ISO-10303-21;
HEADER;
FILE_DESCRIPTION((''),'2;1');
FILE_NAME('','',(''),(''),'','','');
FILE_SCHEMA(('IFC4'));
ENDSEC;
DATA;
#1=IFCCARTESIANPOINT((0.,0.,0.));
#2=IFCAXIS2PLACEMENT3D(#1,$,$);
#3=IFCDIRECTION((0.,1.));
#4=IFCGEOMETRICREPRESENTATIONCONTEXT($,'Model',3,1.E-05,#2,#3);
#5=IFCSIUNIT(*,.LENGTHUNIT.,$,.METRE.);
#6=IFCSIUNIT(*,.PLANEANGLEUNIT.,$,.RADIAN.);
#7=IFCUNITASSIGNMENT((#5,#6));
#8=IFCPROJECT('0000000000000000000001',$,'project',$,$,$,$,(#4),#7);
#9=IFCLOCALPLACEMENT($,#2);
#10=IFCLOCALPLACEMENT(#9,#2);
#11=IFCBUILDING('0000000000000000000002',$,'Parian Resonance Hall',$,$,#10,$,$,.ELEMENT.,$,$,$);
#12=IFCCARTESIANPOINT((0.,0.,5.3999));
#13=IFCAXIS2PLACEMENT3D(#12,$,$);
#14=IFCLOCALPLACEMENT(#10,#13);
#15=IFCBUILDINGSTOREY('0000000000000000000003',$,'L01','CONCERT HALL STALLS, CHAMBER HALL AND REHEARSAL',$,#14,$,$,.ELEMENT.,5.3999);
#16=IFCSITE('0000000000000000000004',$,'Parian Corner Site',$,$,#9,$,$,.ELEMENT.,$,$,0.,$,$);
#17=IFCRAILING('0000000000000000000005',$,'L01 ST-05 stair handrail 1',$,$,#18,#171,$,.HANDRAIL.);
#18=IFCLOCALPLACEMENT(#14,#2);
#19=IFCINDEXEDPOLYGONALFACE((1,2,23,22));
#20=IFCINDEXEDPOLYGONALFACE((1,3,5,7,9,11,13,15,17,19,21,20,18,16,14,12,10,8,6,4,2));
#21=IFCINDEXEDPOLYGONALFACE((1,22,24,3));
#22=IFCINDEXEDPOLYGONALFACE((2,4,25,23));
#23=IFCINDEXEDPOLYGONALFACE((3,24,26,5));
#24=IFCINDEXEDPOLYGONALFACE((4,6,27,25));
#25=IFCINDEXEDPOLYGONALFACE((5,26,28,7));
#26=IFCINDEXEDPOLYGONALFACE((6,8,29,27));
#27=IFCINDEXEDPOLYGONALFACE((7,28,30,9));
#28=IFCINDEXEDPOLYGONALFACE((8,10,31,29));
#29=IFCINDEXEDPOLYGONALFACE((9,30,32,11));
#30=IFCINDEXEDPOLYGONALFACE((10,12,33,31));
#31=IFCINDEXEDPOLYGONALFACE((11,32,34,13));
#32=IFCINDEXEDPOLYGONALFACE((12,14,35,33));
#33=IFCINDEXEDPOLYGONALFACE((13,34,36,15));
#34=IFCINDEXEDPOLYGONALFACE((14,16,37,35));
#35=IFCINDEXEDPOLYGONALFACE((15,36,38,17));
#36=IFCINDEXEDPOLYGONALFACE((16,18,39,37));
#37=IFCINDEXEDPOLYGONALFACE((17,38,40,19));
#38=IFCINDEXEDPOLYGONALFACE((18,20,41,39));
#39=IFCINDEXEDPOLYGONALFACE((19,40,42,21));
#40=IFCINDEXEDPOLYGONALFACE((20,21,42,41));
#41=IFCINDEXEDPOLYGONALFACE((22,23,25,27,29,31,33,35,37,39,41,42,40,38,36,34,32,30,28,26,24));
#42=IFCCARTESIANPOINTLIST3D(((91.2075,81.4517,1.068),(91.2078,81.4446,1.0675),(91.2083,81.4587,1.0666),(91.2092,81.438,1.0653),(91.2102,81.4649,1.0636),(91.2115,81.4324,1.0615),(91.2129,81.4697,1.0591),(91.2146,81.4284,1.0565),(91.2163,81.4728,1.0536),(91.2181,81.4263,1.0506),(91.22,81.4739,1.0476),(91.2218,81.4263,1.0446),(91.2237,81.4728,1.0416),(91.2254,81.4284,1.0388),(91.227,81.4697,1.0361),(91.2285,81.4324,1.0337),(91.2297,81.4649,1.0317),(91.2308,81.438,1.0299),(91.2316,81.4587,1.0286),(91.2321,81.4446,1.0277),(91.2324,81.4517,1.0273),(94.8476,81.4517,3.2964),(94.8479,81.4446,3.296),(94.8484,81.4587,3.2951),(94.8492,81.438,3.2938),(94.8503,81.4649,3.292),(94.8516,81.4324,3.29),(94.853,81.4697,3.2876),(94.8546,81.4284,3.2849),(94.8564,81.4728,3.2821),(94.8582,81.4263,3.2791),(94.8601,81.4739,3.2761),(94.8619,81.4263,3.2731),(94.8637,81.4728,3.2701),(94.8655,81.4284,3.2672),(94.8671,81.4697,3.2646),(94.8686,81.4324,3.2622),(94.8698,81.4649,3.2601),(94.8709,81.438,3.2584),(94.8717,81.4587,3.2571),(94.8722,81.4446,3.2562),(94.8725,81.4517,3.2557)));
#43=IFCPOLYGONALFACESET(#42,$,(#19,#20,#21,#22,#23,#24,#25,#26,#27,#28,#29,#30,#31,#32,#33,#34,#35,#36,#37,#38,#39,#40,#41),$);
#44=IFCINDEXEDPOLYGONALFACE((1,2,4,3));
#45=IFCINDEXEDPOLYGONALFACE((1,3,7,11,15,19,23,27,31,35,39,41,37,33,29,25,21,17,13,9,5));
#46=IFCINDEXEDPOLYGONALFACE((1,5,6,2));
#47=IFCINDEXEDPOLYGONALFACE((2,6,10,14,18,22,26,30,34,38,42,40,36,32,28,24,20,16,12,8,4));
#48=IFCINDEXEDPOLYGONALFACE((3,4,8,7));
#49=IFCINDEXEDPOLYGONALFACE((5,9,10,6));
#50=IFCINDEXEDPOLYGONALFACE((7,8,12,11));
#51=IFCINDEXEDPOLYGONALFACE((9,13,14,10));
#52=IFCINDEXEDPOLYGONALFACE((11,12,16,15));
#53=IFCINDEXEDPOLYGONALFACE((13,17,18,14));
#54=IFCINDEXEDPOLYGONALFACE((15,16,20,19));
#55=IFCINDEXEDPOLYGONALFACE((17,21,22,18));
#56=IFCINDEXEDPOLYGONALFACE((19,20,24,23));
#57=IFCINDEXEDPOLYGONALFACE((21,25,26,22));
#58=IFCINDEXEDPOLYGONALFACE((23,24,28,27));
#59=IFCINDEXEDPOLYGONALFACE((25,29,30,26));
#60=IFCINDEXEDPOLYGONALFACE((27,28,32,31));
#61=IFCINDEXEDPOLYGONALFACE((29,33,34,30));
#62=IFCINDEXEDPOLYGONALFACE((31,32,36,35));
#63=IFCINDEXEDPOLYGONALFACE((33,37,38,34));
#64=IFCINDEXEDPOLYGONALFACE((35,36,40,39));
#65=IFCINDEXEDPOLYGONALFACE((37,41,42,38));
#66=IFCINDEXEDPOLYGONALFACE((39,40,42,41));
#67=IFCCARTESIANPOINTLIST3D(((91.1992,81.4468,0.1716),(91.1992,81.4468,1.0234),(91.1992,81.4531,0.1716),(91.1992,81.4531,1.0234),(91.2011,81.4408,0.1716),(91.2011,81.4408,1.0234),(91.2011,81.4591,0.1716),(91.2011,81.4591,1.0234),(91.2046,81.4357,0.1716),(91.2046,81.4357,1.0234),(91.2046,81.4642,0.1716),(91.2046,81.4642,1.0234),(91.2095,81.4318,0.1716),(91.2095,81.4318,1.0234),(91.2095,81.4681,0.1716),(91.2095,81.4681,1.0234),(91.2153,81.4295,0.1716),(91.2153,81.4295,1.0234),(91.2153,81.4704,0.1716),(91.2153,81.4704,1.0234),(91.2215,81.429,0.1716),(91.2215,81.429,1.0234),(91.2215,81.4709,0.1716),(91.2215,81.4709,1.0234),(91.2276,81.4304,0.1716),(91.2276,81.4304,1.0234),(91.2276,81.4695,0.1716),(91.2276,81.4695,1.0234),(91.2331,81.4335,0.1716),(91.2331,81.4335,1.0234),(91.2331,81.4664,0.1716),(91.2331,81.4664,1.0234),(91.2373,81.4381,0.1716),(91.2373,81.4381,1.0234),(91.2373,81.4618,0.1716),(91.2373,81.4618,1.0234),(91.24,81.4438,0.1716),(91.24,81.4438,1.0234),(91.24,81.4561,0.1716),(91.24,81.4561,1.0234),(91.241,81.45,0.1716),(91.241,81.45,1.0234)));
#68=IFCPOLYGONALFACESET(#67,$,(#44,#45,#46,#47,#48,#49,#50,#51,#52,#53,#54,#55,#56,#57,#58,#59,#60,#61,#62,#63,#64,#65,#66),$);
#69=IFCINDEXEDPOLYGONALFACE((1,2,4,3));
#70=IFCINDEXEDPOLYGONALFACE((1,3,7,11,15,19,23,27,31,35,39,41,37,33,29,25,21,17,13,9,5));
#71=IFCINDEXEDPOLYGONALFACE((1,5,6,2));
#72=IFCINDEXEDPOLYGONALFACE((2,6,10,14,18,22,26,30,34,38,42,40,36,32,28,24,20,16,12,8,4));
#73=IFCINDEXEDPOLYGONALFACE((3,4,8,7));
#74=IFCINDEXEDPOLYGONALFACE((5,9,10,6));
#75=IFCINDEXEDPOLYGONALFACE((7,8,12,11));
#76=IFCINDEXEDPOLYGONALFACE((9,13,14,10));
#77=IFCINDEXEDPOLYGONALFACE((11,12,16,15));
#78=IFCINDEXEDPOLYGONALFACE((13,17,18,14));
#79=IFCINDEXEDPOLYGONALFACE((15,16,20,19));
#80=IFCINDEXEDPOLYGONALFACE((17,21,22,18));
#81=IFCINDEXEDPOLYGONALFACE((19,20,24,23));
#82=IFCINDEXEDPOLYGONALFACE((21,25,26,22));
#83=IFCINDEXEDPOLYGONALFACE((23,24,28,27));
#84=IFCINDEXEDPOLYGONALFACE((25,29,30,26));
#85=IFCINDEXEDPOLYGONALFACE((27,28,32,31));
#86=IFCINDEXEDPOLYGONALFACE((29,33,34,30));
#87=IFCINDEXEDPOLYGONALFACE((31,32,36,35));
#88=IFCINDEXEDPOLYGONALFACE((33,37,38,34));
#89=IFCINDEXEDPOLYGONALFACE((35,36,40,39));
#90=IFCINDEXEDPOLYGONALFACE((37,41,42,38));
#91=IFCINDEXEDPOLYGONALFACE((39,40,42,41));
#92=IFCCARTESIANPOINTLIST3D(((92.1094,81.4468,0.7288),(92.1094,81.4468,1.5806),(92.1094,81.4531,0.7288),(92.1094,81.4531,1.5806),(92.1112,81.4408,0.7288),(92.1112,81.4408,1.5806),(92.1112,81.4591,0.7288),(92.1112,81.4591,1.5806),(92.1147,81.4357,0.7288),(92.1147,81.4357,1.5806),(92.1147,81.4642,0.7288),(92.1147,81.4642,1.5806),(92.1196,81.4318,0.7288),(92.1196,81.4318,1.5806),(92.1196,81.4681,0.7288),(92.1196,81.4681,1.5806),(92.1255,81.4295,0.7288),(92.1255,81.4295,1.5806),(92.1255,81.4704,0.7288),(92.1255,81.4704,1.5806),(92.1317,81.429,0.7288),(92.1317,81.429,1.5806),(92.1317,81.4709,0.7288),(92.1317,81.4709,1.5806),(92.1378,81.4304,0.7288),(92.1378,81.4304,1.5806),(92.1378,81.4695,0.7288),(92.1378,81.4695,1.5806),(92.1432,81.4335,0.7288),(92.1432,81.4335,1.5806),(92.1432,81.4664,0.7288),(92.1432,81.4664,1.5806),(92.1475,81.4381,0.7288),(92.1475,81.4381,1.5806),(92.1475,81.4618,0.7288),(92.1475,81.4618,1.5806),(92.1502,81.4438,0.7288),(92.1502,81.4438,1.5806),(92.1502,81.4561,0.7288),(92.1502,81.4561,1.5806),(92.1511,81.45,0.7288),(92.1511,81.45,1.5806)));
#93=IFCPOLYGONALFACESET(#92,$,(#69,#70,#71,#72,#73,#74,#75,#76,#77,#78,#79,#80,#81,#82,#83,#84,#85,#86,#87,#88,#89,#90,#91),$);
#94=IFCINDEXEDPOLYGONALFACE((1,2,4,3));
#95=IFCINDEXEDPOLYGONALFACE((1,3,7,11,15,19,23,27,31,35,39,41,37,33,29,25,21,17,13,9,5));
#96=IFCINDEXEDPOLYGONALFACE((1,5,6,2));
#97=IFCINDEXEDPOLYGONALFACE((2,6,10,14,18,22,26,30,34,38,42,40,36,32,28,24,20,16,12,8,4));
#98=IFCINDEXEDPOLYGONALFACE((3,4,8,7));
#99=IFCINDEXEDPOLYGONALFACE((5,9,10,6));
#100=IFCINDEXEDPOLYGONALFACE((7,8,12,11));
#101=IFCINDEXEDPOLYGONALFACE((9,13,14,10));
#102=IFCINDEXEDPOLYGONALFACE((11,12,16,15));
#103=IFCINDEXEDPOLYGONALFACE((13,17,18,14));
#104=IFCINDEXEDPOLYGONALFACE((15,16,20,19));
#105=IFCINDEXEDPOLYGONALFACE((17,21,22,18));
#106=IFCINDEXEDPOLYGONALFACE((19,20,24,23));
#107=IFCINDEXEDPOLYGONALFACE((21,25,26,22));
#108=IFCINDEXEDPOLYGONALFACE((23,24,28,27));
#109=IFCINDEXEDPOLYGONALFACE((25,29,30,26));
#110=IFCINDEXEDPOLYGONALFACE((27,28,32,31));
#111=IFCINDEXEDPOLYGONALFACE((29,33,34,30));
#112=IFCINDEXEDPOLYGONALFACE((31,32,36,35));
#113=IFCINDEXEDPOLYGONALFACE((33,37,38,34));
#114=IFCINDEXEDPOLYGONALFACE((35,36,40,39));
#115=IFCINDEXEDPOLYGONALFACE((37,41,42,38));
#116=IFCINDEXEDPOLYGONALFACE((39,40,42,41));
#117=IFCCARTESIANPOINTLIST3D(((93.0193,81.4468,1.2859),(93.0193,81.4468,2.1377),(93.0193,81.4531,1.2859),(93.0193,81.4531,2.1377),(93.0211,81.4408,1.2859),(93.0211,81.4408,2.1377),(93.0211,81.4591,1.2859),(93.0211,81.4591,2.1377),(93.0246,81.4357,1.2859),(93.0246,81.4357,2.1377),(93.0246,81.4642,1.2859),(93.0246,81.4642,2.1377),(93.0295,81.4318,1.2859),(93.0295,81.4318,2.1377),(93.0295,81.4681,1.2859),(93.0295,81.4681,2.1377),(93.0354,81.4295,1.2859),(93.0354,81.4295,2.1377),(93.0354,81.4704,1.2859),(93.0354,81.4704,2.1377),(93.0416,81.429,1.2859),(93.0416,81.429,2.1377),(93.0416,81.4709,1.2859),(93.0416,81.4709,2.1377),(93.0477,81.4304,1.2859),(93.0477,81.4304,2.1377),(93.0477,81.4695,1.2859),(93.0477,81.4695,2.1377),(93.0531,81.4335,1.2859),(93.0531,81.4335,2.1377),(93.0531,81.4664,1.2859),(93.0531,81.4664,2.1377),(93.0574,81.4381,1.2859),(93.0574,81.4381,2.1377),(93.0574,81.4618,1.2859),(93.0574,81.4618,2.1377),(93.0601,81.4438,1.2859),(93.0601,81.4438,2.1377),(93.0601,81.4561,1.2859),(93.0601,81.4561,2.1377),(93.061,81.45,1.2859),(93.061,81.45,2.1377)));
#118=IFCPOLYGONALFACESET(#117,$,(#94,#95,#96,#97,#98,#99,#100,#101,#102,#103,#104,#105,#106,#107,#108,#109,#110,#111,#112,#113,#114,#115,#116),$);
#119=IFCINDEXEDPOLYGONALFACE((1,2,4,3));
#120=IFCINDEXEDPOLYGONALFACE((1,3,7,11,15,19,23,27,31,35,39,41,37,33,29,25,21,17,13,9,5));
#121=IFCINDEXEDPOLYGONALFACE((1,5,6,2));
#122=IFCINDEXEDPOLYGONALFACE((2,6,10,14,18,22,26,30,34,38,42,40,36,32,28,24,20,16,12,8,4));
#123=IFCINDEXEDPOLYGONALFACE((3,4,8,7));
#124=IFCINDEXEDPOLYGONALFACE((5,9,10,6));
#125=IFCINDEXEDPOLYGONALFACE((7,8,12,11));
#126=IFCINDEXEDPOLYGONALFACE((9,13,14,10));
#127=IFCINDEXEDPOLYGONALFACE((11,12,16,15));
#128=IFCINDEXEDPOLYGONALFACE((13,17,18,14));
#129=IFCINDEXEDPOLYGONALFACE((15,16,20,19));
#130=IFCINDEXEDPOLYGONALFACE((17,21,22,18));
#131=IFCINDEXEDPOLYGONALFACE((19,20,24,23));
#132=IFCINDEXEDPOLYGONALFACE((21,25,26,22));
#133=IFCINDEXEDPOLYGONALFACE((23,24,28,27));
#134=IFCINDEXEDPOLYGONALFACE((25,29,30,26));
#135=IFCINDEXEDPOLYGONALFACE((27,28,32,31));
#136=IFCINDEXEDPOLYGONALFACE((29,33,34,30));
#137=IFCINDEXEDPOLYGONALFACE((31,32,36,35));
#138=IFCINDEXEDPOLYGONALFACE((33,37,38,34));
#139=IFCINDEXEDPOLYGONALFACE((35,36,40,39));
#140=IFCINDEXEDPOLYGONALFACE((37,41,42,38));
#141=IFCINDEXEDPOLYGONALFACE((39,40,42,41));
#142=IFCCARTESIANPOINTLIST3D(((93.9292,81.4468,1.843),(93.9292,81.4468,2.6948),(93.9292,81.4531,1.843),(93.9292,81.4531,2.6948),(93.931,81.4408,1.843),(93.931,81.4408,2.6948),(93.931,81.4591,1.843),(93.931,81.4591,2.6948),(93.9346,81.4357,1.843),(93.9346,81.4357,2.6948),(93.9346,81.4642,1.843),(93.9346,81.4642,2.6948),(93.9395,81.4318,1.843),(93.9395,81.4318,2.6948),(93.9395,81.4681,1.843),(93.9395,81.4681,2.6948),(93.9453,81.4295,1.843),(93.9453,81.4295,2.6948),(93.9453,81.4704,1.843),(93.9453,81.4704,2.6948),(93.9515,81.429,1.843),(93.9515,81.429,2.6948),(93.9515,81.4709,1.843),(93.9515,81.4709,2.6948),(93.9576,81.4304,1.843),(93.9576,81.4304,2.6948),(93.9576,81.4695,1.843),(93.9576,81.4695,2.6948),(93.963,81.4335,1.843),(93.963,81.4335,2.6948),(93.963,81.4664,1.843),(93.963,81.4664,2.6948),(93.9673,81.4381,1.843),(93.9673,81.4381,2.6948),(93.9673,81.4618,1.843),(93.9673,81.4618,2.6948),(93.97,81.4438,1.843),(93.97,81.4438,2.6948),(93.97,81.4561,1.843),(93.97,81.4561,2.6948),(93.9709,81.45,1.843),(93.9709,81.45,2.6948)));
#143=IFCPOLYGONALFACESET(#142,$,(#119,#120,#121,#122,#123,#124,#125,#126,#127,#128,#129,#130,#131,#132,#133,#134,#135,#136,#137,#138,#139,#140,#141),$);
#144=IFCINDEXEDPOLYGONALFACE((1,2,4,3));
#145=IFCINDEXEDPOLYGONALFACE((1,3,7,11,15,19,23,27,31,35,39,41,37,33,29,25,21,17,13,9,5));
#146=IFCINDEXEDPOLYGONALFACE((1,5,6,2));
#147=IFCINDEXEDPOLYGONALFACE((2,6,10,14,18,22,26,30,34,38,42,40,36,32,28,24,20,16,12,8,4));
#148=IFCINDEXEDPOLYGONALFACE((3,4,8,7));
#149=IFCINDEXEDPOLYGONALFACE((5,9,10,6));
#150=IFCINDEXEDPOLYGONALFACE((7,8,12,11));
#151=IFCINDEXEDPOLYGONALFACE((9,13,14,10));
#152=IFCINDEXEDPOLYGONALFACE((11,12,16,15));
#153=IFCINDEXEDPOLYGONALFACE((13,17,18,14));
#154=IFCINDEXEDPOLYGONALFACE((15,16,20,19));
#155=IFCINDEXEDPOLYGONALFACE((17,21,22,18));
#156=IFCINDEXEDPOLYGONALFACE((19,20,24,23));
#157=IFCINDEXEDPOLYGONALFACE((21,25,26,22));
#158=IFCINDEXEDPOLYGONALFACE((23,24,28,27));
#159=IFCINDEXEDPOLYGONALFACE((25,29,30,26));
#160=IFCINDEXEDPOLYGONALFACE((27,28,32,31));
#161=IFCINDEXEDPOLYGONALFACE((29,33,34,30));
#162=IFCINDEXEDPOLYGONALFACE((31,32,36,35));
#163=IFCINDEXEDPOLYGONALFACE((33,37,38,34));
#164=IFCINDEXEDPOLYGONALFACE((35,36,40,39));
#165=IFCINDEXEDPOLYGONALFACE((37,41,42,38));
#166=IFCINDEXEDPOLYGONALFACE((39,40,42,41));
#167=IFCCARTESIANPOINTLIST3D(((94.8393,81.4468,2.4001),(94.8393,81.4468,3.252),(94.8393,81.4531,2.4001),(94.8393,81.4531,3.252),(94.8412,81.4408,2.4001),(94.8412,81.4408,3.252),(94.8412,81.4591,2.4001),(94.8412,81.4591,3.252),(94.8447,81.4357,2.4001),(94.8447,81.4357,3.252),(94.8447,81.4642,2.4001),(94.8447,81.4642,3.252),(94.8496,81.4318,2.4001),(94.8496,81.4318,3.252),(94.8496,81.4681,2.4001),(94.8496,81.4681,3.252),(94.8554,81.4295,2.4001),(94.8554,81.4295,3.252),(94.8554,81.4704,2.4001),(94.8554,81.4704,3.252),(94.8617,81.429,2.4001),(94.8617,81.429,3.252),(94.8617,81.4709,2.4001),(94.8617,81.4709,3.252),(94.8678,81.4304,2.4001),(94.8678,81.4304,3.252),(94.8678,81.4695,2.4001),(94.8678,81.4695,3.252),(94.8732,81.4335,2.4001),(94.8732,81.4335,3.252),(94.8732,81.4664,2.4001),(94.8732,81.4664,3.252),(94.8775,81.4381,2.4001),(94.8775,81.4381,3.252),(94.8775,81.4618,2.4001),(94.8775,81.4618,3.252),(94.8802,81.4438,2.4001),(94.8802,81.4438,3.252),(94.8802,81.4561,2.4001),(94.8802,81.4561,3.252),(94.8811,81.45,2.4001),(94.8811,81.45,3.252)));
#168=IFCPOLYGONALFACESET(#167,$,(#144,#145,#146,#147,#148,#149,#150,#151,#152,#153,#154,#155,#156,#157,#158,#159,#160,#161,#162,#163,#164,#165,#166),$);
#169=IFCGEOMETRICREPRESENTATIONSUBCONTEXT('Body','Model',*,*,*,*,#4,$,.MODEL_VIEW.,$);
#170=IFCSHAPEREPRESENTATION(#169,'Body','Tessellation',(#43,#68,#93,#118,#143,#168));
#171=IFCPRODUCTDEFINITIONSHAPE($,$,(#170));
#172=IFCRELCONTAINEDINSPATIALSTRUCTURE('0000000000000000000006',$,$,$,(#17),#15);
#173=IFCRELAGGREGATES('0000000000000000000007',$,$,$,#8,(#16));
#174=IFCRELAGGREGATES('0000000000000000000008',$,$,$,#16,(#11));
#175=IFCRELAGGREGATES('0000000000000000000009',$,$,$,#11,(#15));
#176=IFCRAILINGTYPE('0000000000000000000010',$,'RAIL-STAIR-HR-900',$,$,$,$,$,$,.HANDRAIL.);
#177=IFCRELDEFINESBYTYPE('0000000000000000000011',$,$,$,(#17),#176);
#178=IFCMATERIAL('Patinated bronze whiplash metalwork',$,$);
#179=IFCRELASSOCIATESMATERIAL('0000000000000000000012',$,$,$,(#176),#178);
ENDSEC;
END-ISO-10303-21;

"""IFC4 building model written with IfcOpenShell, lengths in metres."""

from ifc_helpers import new_model, si_unit, direction, frame, origin, origin_2d, place, context, subcontext, project, spatial, circle, extrude, material, type_object, element, save


model = new_model("IFC4")

# Units and contexts
model_context = context("Model", 3, precision=1e-05, world=origin(), true_north=direction((0.0, 1.0)))
body_context = subcontext(model_context, "Body", "Model", "MODEL_VIEW")
ifc_project = project(units=[si_unit("LENGTHUNIT", "METRE"), si_unit("PLANEANGLEUNIT", "RADIAN")], contexts=[model_context])

# Site, building, storey
site_placement = place(None, origin())
site = spatial("IfcSite", under=ifc_project, at=site_placement, Name="Parian Corner Site", CompositionType="ELEMENT", RefElevation=0.0)
building_placement = place(site_placement, origin())
building = spatial("IfcBuilding", under=site, at=building_placement, Name="Parian Resonance Hall", CompositionType="ELEMENT")
storey_placement = place(building_placement, frame((0.0, 0.0, 5.3999)))
storey = spatial("IfcBuildingStorey", under=building, at=storey_placement, Name="L01", Description="CONCERT HALL STALLS, CHAMBER HALL AND REHEARSAL", CompositionType="ELEMENT", Elevation=5.3999)

# Railing
ifc_material_1 = material(Name="Patinated bronze whiplash metalwork")
railing_type_1 = type_object("IfcRailingType", Name="RAIL-STAIR-HR-900", PredefinedType="HANDRAIL", material=ifc_material_1)
railing_1_placement = place(storey_placement, frame((91.22, 81.45, 0.1716)))
element("IfcRailing", 1, at=railing_1_placement, inside=storey, type_object=railing_type_1, Name="L01 ST-05 stair handrail 1", PredefinedType="HANDRAIL", context=body_context, shape_type="SweptSolid", body=[
    extrude(circle(Radius=0.0239, at=origin_2d()), frame((0.0, 0.0, 0.876), z_axis=(0.852866, 0.0, 0.52213), x_axis=(0.0, 1.0, 0.0)), (0.0, 0.0, 1.0), 4.2681),
    extrude(circle(Radius=0.021, at=origin_2d()), origin(), (0.0, 0.0, 1.0), 0.8518),
    extrude(circle(Radius=0.021, at=origin_2d()), frame((0.9102, 0.0, 0.5571)), (0.0, 0.0, 1.0), 0.8518),
    extrude(circle(Radius=0.021, at=origin_2d()), frame((1.8201, 0.0, 1.1143)), (0.0, 0.0, 1.0), 0.8518),
    extrude(circle(Radius=0.021, at=origin_2d()), frame((2.73, 0.0, 1.6714)), (0.0, 0.0, 1.0), 0.8518),
    extrude(circle(Radius=0.021, at=origin_2d()), frame((3.6401, 0.0, 2.2285)), (0.0, 0.0, 1.0), 0.8518),
])

save(model, "model.ifc")
